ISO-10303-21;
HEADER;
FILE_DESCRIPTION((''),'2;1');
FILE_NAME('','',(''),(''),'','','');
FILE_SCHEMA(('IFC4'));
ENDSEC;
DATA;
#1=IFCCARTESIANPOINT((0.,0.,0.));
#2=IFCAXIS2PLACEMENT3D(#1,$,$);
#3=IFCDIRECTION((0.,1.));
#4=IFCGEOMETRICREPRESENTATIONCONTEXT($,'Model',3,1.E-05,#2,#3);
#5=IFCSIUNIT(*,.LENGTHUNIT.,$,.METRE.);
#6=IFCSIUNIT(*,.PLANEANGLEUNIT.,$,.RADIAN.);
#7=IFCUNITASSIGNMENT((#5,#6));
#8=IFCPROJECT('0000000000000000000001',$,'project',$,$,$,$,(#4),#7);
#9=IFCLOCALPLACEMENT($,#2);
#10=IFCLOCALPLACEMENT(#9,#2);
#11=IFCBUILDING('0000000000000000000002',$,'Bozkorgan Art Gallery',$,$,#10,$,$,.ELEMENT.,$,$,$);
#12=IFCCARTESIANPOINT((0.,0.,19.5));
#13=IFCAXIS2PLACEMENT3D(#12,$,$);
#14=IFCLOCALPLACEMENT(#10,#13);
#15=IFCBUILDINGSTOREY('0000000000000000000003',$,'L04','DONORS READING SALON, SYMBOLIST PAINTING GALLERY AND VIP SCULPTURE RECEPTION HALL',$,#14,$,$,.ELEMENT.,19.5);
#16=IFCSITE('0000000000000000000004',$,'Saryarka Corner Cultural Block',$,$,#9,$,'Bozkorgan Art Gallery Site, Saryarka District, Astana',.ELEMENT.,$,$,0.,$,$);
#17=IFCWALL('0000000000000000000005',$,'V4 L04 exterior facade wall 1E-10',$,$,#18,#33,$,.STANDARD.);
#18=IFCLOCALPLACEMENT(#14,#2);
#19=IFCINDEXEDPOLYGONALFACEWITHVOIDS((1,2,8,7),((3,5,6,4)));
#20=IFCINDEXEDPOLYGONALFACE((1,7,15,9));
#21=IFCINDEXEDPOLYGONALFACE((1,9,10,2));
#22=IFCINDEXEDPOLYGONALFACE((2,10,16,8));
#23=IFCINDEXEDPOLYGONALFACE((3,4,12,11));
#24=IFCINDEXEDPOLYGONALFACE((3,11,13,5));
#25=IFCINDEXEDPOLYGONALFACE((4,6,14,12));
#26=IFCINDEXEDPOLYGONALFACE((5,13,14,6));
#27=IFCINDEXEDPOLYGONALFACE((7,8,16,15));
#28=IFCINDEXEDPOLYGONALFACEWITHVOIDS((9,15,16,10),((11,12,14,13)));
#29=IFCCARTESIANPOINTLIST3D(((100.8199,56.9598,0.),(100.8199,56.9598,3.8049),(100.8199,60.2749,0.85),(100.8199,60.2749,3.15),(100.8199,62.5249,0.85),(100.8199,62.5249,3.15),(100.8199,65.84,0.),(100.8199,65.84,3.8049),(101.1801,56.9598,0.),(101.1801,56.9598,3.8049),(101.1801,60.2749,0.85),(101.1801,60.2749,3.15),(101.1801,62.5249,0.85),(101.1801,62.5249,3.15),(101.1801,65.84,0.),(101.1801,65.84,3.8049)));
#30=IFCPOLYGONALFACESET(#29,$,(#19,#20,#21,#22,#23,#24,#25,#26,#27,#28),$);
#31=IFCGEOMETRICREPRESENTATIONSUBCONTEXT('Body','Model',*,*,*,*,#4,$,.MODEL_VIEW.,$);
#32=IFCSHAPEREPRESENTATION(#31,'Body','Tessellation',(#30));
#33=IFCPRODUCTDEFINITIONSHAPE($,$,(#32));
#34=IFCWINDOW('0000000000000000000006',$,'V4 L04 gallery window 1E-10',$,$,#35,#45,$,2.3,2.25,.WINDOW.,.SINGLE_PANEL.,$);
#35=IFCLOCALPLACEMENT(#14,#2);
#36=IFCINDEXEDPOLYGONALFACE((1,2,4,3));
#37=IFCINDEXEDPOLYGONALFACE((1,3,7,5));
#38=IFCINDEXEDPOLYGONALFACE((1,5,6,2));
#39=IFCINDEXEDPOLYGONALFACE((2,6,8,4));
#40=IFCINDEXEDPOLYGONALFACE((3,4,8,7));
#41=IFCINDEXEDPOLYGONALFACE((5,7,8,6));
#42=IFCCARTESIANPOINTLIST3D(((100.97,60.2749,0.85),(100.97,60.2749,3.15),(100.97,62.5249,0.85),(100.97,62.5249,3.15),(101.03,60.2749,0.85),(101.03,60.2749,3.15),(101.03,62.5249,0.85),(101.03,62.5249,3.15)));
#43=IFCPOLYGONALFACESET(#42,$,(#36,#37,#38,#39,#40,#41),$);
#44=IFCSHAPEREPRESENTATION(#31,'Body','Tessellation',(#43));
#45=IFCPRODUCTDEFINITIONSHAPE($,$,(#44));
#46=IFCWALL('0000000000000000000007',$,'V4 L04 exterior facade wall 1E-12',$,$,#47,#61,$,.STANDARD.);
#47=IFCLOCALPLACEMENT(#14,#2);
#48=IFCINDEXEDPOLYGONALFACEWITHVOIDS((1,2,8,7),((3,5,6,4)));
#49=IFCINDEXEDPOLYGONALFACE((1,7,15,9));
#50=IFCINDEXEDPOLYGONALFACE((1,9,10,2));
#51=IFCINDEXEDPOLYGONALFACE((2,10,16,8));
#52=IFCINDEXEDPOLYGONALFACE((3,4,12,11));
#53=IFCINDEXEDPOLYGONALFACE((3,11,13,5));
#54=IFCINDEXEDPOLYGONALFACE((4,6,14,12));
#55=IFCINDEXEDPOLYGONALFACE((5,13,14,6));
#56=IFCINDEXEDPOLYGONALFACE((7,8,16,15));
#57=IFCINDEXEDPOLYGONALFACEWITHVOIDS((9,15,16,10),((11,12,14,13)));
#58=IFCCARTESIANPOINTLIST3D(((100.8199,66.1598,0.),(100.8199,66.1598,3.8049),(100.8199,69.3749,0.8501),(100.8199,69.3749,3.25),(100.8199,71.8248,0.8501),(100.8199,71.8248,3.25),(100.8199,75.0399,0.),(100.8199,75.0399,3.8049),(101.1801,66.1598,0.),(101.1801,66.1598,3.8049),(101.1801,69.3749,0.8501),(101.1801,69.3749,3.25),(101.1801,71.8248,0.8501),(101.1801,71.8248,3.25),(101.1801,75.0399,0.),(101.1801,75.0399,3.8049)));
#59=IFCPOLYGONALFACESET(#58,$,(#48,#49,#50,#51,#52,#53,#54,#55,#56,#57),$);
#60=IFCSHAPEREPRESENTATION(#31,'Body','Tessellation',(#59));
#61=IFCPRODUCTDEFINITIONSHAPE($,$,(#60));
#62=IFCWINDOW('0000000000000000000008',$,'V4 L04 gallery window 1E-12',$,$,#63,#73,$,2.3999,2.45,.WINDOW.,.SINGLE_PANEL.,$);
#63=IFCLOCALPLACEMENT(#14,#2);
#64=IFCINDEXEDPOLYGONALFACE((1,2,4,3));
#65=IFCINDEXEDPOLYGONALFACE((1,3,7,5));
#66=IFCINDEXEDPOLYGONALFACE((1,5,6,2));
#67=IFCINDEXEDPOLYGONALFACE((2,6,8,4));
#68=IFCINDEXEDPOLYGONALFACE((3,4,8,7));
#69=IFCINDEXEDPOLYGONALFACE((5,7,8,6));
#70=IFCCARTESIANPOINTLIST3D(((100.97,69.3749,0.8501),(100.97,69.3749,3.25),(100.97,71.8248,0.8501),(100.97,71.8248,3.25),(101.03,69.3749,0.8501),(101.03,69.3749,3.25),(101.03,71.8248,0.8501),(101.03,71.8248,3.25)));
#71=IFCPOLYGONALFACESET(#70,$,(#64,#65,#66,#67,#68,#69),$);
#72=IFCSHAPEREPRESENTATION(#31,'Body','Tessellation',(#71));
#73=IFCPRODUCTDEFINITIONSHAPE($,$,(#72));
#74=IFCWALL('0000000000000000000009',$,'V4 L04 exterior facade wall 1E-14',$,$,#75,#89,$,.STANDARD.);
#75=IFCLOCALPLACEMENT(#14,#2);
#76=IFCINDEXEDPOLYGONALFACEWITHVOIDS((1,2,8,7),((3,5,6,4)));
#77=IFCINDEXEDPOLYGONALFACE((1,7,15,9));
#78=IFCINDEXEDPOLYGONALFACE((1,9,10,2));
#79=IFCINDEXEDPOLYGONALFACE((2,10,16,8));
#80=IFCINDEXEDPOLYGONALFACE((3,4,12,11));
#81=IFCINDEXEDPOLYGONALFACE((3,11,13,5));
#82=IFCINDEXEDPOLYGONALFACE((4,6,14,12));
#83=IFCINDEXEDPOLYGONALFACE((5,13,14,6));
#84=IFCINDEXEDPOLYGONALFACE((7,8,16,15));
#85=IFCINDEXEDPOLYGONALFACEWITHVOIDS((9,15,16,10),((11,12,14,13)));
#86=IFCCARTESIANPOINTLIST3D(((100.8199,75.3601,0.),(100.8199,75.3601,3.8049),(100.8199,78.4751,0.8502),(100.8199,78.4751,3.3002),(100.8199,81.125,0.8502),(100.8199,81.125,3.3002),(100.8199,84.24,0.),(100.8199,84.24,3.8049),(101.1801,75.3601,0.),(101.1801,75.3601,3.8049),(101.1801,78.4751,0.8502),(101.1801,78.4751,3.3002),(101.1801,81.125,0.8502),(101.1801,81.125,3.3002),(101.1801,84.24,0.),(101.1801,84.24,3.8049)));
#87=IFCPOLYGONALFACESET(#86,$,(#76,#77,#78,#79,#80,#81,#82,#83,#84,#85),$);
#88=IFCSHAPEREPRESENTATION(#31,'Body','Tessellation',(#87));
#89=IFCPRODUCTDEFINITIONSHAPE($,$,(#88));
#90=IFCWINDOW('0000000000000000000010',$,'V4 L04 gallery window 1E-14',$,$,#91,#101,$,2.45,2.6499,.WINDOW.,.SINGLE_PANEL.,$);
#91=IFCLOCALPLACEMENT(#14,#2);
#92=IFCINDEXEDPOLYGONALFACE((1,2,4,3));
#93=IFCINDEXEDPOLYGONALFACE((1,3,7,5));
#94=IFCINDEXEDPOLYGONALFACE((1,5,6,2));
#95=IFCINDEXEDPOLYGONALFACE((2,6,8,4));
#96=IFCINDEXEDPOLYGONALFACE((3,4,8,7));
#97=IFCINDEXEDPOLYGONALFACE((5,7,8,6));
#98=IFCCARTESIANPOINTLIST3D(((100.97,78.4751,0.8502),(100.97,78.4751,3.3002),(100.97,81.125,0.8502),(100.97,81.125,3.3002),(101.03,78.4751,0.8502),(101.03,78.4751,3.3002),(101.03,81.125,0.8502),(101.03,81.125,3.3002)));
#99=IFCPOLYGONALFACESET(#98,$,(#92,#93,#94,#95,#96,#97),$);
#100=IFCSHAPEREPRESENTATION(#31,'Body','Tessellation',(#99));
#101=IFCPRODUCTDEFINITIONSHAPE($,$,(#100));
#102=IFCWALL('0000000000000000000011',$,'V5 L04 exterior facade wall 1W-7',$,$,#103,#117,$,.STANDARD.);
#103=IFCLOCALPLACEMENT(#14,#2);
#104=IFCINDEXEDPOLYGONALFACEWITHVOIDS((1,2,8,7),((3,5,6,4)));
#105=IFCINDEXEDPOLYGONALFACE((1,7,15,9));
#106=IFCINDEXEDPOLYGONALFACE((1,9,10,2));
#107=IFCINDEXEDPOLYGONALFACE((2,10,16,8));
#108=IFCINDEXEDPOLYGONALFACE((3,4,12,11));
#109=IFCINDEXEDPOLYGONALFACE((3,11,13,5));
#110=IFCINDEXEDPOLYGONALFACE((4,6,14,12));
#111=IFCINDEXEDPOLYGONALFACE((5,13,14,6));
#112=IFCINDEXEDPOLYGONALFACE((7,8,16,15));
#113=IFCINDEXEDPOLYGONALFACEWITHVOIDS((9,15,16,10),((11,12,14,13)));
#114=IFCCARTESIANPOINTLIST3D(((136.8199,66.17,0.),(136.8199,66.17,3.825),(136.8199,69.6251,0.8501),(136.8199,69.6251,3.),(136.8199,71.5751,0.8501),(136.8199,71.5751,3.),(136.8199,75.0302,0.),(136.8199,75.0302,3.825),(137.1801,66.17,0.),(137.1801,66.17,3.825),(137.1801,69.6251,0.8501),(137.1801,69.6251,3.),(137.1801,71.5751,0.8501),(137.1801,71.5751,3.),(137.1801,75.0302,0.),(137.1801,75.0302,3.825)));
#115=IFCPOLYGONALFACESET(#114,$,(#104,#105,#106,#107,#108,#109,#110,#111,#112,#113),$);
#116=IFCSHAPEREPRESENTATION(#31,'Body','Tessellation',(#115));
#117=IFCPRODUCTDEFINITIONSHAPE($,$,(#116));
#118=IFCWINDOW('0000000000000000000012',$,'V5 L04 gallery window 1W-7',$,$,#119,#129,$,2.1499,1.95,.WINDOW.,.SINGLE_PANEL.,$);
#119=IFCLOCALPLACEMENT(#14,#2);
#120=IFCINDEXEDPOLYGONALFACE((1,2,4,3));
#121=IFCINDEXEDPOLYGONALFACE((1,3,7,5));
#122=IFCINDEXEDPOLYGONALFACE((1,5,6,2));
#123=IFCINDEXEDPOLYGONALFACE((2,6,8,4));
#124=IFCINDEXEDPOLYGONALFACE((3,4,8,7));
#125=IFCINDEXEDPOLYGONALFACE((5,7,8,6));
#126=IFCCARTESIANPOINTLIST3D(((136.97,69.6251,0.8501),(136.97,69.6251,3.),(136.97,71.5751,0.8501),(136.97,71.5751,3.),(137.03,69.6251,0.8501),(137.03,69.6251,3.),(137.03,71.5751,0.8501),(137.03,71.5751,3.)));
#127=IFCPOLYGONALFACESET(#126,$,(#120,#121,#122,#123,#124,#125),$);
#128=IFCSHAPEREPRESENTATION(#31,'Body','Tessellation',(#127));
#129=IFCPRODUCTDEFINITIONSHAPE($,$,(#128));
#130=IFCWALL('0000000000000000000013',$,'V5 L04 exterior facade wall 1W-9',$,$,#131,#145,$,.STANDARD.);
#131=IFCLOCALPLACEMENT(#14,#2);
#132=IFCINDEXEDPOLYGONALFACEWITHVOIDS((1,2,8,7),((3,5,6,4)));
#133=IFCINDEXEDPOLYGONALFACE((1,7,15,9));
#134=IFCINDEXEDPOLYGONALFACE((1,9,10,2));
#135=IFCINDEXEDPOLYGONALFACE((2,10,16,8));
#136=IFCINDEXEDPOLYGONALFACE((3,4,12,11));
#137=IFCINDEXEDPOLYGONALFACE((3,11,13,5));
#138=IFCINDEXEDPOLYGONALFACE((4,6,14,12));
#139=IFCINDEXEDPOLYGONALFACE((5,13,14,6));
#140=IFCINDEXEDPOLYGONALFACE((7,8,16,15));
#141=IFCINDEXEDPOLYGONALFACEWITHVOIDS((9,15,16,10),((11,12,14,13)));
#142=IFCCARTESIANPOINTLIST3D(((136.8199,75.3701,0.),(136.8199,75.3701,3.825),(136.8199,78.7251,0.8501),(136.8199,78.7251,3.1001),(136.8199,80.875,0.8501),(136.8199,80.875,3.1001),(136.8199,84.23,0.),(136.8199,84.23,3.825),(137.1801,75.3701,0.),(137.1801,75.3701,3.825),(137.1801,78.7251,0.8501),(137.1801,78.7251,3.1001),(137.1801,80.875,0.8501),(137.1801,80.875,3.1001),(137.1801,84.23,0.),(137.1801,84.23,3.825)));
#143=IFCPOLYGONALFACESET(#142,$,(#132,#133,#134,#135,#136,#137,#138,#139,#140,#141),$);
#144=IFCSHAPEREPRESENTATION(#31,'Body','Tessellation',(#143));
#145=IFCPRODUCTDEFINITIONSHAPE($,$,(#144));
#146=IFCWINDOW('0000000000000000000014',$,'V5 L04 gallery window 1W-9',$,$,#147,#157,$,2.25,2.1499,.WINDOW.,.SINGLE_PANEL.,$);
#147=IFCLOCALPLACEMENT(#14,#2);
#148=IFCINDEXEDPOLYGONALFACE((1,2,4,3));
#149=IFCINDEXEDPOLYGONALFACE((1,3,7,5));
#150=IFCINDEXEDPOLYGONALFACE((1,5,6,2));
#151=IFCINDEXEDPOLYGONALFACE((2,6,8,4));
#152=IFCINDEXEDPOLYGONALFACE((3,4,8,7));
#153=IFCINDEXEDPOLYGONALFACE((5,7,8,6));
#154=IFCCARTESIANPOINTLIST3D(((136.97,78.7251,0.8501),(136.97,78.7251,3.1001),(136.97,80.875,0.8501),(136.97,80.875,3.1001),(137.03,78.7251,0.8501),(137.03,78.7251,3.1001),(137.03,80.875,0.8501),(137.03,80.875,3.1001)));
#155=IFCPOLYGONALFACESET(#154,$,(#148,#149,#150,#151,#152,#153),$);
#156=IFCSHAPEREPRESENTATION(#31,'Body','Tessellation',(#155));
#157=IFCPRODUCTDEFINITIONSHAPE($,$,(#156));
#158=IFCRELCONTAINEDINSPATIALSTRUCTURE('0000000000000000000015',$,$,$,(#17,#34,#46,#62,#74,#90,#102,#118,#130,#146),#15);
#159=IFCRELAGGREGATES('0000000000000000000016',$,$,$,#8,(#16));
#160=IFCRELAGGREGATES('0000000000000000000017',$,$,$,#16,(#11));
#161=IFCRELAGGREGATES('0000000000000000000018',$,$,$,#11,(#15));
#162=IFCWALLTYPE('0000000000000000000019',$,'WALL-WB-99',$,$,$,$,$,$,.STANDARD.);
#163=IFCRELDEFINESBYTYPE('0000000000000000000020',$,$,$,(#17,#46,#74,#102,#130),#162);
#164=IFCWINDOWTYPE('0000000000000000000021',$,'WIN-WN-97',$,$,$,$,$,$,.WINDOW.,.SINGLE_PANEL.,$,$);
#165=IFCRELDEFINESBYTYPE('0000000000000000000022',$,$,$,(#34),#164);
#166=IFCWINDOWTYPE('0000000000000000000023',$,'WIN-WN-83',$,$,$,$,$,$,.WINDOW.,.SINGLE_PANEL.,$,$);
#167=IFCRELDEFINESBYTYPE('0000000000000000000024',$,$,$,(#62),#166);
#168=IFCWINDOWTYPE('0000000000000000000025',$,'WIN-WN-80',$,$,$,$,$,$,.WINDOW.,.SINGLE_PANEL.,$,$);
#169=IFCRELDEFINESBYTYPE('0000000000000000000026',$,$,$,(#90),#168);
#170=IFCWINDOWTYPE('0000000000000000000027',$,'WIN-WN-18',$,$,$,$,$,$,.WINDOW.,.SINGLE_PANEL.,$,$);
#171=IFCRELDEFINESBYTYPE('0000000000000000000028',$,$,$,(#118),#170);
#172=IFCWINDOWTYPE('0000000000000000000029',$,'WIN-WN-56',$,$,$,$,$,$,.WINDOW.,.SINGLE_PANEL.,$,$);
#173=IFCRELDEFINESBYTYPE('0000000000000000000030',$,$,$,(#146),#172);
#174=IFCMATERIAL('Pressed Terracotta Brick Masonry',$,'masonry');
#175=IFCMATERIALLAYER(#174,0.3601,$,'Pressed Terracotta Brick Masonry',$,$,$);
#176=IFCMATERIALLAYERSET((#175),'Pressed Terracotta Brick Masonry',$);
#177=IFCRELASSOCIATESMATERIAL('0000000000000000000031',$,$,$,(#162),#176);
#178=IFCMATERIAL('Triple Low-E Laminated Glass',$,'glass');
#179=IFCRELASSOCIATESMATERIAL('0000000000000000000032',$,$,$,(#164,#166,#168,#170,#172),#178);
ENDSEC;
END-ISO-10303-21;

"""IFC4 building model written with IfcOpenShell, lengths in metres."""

from ifc_helpers import new_model, si_unit, direction, frame, frame_2d, origin, place, context, subcontext, project, spatial, rectangle, extrude, material, layer, layer_set, type_object, element, fill, save


model = new_model("IFC4")

# Units and contexts
model_context = context("Model", 3, precision=1e-05, world=origin(), true_north=direction((0.0, 1.0)))
body_context = subcontext(model_context, "Body", "Model", "MODEL_VIEW")
ifc_project = project(units=[si_unit("LENGTHUNIT", "METRE"), si_unit("PLANEANGLEUNIT", "RADIAN")], contexts=[model_context])

# Site, building, storey
site_placement = place(None, origin())
site = spatial("IfcSite", under=ifc_project, at=site_placement, Name="Saryarka Corner Cultural Block", LongName="Bozkorgan Art Gallery Site, Saryarka District, Astana", CompositionType="ELEMENT", RefElevation=0.0)
building_placement = place(site_placement, origin())
building = spatial("IfcBuilding", under=site, at=building_placement, Name="Bozkorgan Art Gallery", CompositionType="ELEMENT")
storey_placement = place(building_placement, frame((0.0, 0.0, 19.5)))
storey = spatial("IfcBuildingStorey", under=building, at=storey_placement, Name="L04", Description="DONORS READING SALON, SYMBOLIST PAINTING GALLERY AND VIP SCULPTURE RECEPTION HALL", CompositionType="ELEMENT", Elevation=19.5)

# Walls, openings, windows
ifc_material_1 = material(Name="Pressed Terracotta Brick Masonry", Category="masonry")
ifc_layer_1 = layer(ifc_material_1, 0.3601, Name="Pressed Terracotta Brick Masonry")
ifc_layer_set_1 = layer_set([ifc_layer_1], Name="Pressed Terracotta Brick Masonry")
wall_type = type_object("IfcWallType", Name="WALL-WB-99", PredefinedType="STANDARD", material=ifc_layer_set_1)
ifc_material_2 = material(Name="Triple Low-E Laminated Glass", Category="glass")
wall_1_placement = place(storey_placement, frame((101.0, 56.96, 0.0), z_axis=(0.0, 0.0, 1.0), x_axis=(0.0, 1.0, 0.0)))
wall_1 = element("IfcWall", 1, at=wall_1_placement, inside=storey, type_object=wall_type, Name="V4 L04 exterior facade wall 1E-10", PredefinedType="STANDARD", context=body_context, shape_type="SweptSolid", body=[
    extrude(rectangle(XDim=8.8801, YDim=0.3601, at=frame_2d((4.4399, 0.0))), origin(), (0.0, 0.0, 1.0), 3.8049),
])
opening_1_placement = place(wall_1_placement, frame((5.5649, 0.0, 0.8501), z_axis=(0.0, 0.0, 1.0), x_axis=(-1.0, 0.0, 0.0)))
opening_1 = element("IfcOpeningElement", 2, at=opening_1_placement, cuts=wall_1, PredefinedType="OPENING", context=body_context, shape_type="SweptSolid", body=[
    extrude(rectangle(XDim=2.25, YDim=2.3, at=frame_2d((1.125, 1.1499))), frame((0.0, 0.1899, 0.0), z_axis=(0.0, -1.0, 0.0), x_axis=(1.0, 0.0, 0.0)), (0.0, 0.0, 1.0), 0.3801),
])
window_type_1 = type_object("IfcWindowType", Name="WIN-WN-97", PartitioningType="SINGLE_PANEL", PredefinedType="WINDOW", material=ifc_material_2)
window_1_placement = place(opening_1_placement, origin())
window_1 = element("IfcWindow", 3, at=window_1_placement, inside=storey, type_object=window_type_1, Name="V4 L04 gallery window 1E-10", OverallHeight=2.3, OverallWidth=2.25, PartitioningType="SINGLE_PANEL", PredefinedType="WINDOW", context=body_context, shape_type="SweptSolid", body=[
    extrude(rectangle(XDim=2.25, YDim=2.3, at=frame_2d((1.125, 1.1499))), frame((0.0, 0.03, 0.0), z_axis=(0.0, -1.0, 0.0), x_axis=(1.0, 0.0, 0.0)), (0.0, 0.0, 1.0), 0.0601),
])
fill(opening_1, window_1)
wall_2_placement = place(storey_placement, frame((101.0, 66.1599, 0.0), z_axis=(0.0, 0.0, 1.0), x_axis=(0.0, 1.0, 0.0)))
wall_2 = element("IfcWall", 4, at=wall_2_placement, inside=storey, type_object=wall_type, Name="V4 L04 exterior facade wall 1E-12", PredefinedType="STANDARD", context=body_context, shape_type="SweptSolid", body=[
    extrude(rectangle(XDim=8.8801, YDim=0.3601, at=frame_2d((4.4399, 0.0))), origin(), (0.0, 0.0, 1.0), 3.8049),
])
opening_2_placement = place(wall_2_placement, frame((5.665, 0.0, 0.8501), z_axis=(0.0, 0.0, 1.0), x_axis=(-1.0, 0.0, 0.0)))
opening_2 = element("IfcOpeningElement", 5, at=opening_2_placement, cuts=wall_2, PredefinedType="OPENING", context=body_context, shape_type="SweptSolid", body=[
    extrude(rectangle(XDim=2.45, YDim=2.3999, at=frame_2d((1.2251, 1.2))), frame((0.0, 0.1899, 0.0), z_axis=(0.0, -1.0, 0.0), x_axis=(1.0, 0.0, 0.0)), (0.0, 0.0, 1.0), 0.3801),
])
window_type_2 = type_object("IfcWindowType", Name="WIN-WN-83", PartitioningType="SINGLE_PANEL", PredefinedType="WINDOW", material=ifc_material_2)
window_2_placement = place(opening_2_placement, origin())
window_2 = element("IfcWindow", 6, at=window_2_placement, inside=storey, type_object=window_type_2, Name="V4 L04 gallery window 1E-12", OverallHeight=2.3999, OverallWidth=2.45, PartitioningType="SINGLE_PANEL", PredefinedType="WINDOW", context=body_context, shape_type="SweptSolid", body=[
    extrude(rectangle(XDim=2.45, YDim=2.3999, at=frame_2d((1.2251, 1.2))), frame((0.0, 0.03, 0.0), z_axis=(0.0, -1.0, 0.0), x_axis=(1.0, 0.0, 0.0)), (0.0, 0.0, 1.0), 0.0601),
])
fill(opening_2, window_2)
wall_3_placement = place(storey_placement, frame((101.0, 75.3601, 0.0), z_axis=(0.0, 0.0, 1.0), x_axis=(0.0, 1.0, 0.0)))
wall_3 = element("IfcWall", 7, at=wall_3_placement, inside=storey, type_object=wall_type, Name="V4 L04 exterior facade wall 1E-14", PredefinedType="STANDARD", context=body_context, shape_type="SweptSolid", body=[
    extrude(rectangle(XDim=8.8799, YDim=0.3601, at=frame_2d((4.4399, 0.0))), origin(), (0.0, 0.0, 1.0), 3.8049),
])
opening_3_placement = place(wall_3_placement, frame((5.7649, 0.0, 0.8501), z_axis=(0.0, 0.0, 1.0), x_axis=(-1.0, 0.0, 0.0)))
opening_3 = element("IfcOpeningElement", 8, at=opening_3_placement, cuts=wall_3, PredefinedType="OPENING", context=body_context, shape_type="SweptSolid", body=[
    extrude(rectangle(XDim=2.6499, YDim=2.45, at=frame_2d((1.325, 1.2251))), frame((0.0, 0.1899, 0.0), z_axis=(0.0, -1.0, 0.0), x_axis=(1.0, 0.0, 0.0)), (0.0, 0.0, 1.0), 0.3801),
])
window_type_3 = type_object("IfcWindowType", Name="WIN-WN-80", PartitioningType="SINGLE_PANEL", PredefinedType="WINDOW", material=ifc_material_2)
window_3_placement = place(opening_3_placement, origin())
window_3 = element("IfcWindow", 9, at=window_3_placement, inside=storey, type_object=window_type_3, Name="V4 L04 gallery window 1E-14", OverallHeight=2.45, OverallWidth=2.6499, PartitioningType="SINGLE_PANEL", PredefinedType="WINDOW", context=body_context, shape_type="SweptSolid", body=[
    extrude(rectangle(XDim=2.6499, YDim=2.45, at=frame_2d((1.325, 1.2251))), frame((0.0, 0.03, 0.0), z_axis=(0.0, -1.0, 0.0), x_axis=(1.0, 0.0, 0.0)), (0.0, 0.0, 1.0), 0.0601),
])
fill(opening_3, window_3)
wall_4_placement = place(storey_placement, frame((137.0, 66.1699, 0.0), z_axis=(0.0, 0.0, 1.0), x_axis=(0.0, 1.0, 0.0)))
wall_4 = element("IfcWall", 10, at=wall_4_placement, inside=storey, type_object=wall_type, Name="V5 L04 exterior facade wall 1W-7", PredefinedType="STANDARD", context=body_context, shape_type="SweptSolid", body=[
    extrude(rectangle(XDim=8.8601, YDim=0.3601, at=frame_2d((4.4302, 0.0))), origin(), (0.0, 0.0, 1.0), 3.825),
])
opening_4_placement = place(wall_4_placement, frame((3.4551, 0.0, 0.8501)))
opening_4 = element("IfcOpeningElement", 11, at=opening_4_placement, cuts=wall_4, PredefinedType="OPENING", context=body_context, shape_type="SweptSolid", body=[
    extrude(rectangle(XDim=1.95, YDim=2.1499, at=frame_2d((0.9751, 1.075))), frame((0.0, 0.1899, 0.0), z_axis=(0.0, -1.0, 0.0), x_axis=(1.0, 0.0, 0.0)), (0.0, 0.0, 1.0), 0.3801),
])
window_type_4 = type_object("IfcWindowType", Name="WIN-WN-18", PartitioningType="SINGLE_PANEL", PredefinedType="WINDOW", material=ifc_material_2)
window_4_placement = place(opening_4_placement, origin())
window_4 = element("IfcWindow", 12, at=window_4_placement, inside=storey, type_object=window_type_4, Name="V5 L04 gallery window 1W-7", OverallHeight=2.1499, OverallWidth=1.95, PartitioningType="SINGLE_PANEL", PredefinedType="WINDOW", context=body_context, shape_type="SweptSolid", body=[
    extrude(rectangle(XDim=1.95, YDim=2.1499, at=frame_2d((0.9751, 1.075))), frame((0.0, 0.03, 0.0), z_axis=(0.0, -1.0, 0.0), x_axis=(1.0, 0.0, 0.0)), (0.0, 0.0, 1.0), 0.0601),
])
fill(opening_4, window_4)
wall_5_placement = place(storey_placement, frame((137.0, 75.3701, 0.0), z_axis=(0.0, 0.0, 1.0), x_axis=(0.0, 1.0, 0.0)))
wall_5 = element("IfcWall", 13, at=wall_5_placement, inside=storey, type_object=wall_type, Name="V5 L04 exterior facade wall 1W-9", PredefinedType="STANDARD", context=body_context, shape_type="SweptSolid", body=[
    extrude(rectangle(XDim=8.8599, YDim=0.3601, at=frame_2d((4.4299, 0.0))), origin(), (0.0, 0.0, 1.0), 3.825),
])
opening_5_placement = place(wall_5_placement, frame((3.355, 0.0, 0.8501)))
opening_5 = element("IfcOpeningElement", 14, at=opening_5_placement, cuts=wall_5, PredefinedType="OPENING", context=body_context, shape_type="SweptSolid", body=[
    extrude(rectangle(XDim=2.1499, YDim=2.25, at=frame_2d((1.075, 1.125))), frame((0.0, 0.1899, 0.0), z_axis=(0.0, -1.0, 0.0), x_axis=(1.0, 0.0, 0.0)), (0.0, 0.0, 1.0), 0.3801),
])
window_type_5 = type_object("IfcWindowType", Name="WIN-WN-56", PartitioningType="SINGLE_PANEL", PredefinedType="WINDOW", material=ifc_material_2)
window_5_placement = place(opening_5_placement, origin())
window_5 = element("IfcWindow", 15, at=window_5_placement, inside=storey, type_object=window_type_5, Name="V5 L04 gallery window 1W-9", OverallHeight=2.25, OverallWidth=2.1499, PartitioningType="SINGLE_PANEL", PredefinedType="WINDOW", context=body_context, shape_type="SweptSolid", body=[
    extrude(rectangle(XDim=2.1499, YDim=2.25, at=frame_2d((1.075, 1.125))), frame((0.0, 0.03, 0.0), z_axis=(0.0, -1.0, 0.0), x_axis=(1.0, 0.0, 0.0)), (0.0, 0.0, 1.0), 0.0601),
])
fill(opening_5, window_5)

save(model, "model.ifc")
